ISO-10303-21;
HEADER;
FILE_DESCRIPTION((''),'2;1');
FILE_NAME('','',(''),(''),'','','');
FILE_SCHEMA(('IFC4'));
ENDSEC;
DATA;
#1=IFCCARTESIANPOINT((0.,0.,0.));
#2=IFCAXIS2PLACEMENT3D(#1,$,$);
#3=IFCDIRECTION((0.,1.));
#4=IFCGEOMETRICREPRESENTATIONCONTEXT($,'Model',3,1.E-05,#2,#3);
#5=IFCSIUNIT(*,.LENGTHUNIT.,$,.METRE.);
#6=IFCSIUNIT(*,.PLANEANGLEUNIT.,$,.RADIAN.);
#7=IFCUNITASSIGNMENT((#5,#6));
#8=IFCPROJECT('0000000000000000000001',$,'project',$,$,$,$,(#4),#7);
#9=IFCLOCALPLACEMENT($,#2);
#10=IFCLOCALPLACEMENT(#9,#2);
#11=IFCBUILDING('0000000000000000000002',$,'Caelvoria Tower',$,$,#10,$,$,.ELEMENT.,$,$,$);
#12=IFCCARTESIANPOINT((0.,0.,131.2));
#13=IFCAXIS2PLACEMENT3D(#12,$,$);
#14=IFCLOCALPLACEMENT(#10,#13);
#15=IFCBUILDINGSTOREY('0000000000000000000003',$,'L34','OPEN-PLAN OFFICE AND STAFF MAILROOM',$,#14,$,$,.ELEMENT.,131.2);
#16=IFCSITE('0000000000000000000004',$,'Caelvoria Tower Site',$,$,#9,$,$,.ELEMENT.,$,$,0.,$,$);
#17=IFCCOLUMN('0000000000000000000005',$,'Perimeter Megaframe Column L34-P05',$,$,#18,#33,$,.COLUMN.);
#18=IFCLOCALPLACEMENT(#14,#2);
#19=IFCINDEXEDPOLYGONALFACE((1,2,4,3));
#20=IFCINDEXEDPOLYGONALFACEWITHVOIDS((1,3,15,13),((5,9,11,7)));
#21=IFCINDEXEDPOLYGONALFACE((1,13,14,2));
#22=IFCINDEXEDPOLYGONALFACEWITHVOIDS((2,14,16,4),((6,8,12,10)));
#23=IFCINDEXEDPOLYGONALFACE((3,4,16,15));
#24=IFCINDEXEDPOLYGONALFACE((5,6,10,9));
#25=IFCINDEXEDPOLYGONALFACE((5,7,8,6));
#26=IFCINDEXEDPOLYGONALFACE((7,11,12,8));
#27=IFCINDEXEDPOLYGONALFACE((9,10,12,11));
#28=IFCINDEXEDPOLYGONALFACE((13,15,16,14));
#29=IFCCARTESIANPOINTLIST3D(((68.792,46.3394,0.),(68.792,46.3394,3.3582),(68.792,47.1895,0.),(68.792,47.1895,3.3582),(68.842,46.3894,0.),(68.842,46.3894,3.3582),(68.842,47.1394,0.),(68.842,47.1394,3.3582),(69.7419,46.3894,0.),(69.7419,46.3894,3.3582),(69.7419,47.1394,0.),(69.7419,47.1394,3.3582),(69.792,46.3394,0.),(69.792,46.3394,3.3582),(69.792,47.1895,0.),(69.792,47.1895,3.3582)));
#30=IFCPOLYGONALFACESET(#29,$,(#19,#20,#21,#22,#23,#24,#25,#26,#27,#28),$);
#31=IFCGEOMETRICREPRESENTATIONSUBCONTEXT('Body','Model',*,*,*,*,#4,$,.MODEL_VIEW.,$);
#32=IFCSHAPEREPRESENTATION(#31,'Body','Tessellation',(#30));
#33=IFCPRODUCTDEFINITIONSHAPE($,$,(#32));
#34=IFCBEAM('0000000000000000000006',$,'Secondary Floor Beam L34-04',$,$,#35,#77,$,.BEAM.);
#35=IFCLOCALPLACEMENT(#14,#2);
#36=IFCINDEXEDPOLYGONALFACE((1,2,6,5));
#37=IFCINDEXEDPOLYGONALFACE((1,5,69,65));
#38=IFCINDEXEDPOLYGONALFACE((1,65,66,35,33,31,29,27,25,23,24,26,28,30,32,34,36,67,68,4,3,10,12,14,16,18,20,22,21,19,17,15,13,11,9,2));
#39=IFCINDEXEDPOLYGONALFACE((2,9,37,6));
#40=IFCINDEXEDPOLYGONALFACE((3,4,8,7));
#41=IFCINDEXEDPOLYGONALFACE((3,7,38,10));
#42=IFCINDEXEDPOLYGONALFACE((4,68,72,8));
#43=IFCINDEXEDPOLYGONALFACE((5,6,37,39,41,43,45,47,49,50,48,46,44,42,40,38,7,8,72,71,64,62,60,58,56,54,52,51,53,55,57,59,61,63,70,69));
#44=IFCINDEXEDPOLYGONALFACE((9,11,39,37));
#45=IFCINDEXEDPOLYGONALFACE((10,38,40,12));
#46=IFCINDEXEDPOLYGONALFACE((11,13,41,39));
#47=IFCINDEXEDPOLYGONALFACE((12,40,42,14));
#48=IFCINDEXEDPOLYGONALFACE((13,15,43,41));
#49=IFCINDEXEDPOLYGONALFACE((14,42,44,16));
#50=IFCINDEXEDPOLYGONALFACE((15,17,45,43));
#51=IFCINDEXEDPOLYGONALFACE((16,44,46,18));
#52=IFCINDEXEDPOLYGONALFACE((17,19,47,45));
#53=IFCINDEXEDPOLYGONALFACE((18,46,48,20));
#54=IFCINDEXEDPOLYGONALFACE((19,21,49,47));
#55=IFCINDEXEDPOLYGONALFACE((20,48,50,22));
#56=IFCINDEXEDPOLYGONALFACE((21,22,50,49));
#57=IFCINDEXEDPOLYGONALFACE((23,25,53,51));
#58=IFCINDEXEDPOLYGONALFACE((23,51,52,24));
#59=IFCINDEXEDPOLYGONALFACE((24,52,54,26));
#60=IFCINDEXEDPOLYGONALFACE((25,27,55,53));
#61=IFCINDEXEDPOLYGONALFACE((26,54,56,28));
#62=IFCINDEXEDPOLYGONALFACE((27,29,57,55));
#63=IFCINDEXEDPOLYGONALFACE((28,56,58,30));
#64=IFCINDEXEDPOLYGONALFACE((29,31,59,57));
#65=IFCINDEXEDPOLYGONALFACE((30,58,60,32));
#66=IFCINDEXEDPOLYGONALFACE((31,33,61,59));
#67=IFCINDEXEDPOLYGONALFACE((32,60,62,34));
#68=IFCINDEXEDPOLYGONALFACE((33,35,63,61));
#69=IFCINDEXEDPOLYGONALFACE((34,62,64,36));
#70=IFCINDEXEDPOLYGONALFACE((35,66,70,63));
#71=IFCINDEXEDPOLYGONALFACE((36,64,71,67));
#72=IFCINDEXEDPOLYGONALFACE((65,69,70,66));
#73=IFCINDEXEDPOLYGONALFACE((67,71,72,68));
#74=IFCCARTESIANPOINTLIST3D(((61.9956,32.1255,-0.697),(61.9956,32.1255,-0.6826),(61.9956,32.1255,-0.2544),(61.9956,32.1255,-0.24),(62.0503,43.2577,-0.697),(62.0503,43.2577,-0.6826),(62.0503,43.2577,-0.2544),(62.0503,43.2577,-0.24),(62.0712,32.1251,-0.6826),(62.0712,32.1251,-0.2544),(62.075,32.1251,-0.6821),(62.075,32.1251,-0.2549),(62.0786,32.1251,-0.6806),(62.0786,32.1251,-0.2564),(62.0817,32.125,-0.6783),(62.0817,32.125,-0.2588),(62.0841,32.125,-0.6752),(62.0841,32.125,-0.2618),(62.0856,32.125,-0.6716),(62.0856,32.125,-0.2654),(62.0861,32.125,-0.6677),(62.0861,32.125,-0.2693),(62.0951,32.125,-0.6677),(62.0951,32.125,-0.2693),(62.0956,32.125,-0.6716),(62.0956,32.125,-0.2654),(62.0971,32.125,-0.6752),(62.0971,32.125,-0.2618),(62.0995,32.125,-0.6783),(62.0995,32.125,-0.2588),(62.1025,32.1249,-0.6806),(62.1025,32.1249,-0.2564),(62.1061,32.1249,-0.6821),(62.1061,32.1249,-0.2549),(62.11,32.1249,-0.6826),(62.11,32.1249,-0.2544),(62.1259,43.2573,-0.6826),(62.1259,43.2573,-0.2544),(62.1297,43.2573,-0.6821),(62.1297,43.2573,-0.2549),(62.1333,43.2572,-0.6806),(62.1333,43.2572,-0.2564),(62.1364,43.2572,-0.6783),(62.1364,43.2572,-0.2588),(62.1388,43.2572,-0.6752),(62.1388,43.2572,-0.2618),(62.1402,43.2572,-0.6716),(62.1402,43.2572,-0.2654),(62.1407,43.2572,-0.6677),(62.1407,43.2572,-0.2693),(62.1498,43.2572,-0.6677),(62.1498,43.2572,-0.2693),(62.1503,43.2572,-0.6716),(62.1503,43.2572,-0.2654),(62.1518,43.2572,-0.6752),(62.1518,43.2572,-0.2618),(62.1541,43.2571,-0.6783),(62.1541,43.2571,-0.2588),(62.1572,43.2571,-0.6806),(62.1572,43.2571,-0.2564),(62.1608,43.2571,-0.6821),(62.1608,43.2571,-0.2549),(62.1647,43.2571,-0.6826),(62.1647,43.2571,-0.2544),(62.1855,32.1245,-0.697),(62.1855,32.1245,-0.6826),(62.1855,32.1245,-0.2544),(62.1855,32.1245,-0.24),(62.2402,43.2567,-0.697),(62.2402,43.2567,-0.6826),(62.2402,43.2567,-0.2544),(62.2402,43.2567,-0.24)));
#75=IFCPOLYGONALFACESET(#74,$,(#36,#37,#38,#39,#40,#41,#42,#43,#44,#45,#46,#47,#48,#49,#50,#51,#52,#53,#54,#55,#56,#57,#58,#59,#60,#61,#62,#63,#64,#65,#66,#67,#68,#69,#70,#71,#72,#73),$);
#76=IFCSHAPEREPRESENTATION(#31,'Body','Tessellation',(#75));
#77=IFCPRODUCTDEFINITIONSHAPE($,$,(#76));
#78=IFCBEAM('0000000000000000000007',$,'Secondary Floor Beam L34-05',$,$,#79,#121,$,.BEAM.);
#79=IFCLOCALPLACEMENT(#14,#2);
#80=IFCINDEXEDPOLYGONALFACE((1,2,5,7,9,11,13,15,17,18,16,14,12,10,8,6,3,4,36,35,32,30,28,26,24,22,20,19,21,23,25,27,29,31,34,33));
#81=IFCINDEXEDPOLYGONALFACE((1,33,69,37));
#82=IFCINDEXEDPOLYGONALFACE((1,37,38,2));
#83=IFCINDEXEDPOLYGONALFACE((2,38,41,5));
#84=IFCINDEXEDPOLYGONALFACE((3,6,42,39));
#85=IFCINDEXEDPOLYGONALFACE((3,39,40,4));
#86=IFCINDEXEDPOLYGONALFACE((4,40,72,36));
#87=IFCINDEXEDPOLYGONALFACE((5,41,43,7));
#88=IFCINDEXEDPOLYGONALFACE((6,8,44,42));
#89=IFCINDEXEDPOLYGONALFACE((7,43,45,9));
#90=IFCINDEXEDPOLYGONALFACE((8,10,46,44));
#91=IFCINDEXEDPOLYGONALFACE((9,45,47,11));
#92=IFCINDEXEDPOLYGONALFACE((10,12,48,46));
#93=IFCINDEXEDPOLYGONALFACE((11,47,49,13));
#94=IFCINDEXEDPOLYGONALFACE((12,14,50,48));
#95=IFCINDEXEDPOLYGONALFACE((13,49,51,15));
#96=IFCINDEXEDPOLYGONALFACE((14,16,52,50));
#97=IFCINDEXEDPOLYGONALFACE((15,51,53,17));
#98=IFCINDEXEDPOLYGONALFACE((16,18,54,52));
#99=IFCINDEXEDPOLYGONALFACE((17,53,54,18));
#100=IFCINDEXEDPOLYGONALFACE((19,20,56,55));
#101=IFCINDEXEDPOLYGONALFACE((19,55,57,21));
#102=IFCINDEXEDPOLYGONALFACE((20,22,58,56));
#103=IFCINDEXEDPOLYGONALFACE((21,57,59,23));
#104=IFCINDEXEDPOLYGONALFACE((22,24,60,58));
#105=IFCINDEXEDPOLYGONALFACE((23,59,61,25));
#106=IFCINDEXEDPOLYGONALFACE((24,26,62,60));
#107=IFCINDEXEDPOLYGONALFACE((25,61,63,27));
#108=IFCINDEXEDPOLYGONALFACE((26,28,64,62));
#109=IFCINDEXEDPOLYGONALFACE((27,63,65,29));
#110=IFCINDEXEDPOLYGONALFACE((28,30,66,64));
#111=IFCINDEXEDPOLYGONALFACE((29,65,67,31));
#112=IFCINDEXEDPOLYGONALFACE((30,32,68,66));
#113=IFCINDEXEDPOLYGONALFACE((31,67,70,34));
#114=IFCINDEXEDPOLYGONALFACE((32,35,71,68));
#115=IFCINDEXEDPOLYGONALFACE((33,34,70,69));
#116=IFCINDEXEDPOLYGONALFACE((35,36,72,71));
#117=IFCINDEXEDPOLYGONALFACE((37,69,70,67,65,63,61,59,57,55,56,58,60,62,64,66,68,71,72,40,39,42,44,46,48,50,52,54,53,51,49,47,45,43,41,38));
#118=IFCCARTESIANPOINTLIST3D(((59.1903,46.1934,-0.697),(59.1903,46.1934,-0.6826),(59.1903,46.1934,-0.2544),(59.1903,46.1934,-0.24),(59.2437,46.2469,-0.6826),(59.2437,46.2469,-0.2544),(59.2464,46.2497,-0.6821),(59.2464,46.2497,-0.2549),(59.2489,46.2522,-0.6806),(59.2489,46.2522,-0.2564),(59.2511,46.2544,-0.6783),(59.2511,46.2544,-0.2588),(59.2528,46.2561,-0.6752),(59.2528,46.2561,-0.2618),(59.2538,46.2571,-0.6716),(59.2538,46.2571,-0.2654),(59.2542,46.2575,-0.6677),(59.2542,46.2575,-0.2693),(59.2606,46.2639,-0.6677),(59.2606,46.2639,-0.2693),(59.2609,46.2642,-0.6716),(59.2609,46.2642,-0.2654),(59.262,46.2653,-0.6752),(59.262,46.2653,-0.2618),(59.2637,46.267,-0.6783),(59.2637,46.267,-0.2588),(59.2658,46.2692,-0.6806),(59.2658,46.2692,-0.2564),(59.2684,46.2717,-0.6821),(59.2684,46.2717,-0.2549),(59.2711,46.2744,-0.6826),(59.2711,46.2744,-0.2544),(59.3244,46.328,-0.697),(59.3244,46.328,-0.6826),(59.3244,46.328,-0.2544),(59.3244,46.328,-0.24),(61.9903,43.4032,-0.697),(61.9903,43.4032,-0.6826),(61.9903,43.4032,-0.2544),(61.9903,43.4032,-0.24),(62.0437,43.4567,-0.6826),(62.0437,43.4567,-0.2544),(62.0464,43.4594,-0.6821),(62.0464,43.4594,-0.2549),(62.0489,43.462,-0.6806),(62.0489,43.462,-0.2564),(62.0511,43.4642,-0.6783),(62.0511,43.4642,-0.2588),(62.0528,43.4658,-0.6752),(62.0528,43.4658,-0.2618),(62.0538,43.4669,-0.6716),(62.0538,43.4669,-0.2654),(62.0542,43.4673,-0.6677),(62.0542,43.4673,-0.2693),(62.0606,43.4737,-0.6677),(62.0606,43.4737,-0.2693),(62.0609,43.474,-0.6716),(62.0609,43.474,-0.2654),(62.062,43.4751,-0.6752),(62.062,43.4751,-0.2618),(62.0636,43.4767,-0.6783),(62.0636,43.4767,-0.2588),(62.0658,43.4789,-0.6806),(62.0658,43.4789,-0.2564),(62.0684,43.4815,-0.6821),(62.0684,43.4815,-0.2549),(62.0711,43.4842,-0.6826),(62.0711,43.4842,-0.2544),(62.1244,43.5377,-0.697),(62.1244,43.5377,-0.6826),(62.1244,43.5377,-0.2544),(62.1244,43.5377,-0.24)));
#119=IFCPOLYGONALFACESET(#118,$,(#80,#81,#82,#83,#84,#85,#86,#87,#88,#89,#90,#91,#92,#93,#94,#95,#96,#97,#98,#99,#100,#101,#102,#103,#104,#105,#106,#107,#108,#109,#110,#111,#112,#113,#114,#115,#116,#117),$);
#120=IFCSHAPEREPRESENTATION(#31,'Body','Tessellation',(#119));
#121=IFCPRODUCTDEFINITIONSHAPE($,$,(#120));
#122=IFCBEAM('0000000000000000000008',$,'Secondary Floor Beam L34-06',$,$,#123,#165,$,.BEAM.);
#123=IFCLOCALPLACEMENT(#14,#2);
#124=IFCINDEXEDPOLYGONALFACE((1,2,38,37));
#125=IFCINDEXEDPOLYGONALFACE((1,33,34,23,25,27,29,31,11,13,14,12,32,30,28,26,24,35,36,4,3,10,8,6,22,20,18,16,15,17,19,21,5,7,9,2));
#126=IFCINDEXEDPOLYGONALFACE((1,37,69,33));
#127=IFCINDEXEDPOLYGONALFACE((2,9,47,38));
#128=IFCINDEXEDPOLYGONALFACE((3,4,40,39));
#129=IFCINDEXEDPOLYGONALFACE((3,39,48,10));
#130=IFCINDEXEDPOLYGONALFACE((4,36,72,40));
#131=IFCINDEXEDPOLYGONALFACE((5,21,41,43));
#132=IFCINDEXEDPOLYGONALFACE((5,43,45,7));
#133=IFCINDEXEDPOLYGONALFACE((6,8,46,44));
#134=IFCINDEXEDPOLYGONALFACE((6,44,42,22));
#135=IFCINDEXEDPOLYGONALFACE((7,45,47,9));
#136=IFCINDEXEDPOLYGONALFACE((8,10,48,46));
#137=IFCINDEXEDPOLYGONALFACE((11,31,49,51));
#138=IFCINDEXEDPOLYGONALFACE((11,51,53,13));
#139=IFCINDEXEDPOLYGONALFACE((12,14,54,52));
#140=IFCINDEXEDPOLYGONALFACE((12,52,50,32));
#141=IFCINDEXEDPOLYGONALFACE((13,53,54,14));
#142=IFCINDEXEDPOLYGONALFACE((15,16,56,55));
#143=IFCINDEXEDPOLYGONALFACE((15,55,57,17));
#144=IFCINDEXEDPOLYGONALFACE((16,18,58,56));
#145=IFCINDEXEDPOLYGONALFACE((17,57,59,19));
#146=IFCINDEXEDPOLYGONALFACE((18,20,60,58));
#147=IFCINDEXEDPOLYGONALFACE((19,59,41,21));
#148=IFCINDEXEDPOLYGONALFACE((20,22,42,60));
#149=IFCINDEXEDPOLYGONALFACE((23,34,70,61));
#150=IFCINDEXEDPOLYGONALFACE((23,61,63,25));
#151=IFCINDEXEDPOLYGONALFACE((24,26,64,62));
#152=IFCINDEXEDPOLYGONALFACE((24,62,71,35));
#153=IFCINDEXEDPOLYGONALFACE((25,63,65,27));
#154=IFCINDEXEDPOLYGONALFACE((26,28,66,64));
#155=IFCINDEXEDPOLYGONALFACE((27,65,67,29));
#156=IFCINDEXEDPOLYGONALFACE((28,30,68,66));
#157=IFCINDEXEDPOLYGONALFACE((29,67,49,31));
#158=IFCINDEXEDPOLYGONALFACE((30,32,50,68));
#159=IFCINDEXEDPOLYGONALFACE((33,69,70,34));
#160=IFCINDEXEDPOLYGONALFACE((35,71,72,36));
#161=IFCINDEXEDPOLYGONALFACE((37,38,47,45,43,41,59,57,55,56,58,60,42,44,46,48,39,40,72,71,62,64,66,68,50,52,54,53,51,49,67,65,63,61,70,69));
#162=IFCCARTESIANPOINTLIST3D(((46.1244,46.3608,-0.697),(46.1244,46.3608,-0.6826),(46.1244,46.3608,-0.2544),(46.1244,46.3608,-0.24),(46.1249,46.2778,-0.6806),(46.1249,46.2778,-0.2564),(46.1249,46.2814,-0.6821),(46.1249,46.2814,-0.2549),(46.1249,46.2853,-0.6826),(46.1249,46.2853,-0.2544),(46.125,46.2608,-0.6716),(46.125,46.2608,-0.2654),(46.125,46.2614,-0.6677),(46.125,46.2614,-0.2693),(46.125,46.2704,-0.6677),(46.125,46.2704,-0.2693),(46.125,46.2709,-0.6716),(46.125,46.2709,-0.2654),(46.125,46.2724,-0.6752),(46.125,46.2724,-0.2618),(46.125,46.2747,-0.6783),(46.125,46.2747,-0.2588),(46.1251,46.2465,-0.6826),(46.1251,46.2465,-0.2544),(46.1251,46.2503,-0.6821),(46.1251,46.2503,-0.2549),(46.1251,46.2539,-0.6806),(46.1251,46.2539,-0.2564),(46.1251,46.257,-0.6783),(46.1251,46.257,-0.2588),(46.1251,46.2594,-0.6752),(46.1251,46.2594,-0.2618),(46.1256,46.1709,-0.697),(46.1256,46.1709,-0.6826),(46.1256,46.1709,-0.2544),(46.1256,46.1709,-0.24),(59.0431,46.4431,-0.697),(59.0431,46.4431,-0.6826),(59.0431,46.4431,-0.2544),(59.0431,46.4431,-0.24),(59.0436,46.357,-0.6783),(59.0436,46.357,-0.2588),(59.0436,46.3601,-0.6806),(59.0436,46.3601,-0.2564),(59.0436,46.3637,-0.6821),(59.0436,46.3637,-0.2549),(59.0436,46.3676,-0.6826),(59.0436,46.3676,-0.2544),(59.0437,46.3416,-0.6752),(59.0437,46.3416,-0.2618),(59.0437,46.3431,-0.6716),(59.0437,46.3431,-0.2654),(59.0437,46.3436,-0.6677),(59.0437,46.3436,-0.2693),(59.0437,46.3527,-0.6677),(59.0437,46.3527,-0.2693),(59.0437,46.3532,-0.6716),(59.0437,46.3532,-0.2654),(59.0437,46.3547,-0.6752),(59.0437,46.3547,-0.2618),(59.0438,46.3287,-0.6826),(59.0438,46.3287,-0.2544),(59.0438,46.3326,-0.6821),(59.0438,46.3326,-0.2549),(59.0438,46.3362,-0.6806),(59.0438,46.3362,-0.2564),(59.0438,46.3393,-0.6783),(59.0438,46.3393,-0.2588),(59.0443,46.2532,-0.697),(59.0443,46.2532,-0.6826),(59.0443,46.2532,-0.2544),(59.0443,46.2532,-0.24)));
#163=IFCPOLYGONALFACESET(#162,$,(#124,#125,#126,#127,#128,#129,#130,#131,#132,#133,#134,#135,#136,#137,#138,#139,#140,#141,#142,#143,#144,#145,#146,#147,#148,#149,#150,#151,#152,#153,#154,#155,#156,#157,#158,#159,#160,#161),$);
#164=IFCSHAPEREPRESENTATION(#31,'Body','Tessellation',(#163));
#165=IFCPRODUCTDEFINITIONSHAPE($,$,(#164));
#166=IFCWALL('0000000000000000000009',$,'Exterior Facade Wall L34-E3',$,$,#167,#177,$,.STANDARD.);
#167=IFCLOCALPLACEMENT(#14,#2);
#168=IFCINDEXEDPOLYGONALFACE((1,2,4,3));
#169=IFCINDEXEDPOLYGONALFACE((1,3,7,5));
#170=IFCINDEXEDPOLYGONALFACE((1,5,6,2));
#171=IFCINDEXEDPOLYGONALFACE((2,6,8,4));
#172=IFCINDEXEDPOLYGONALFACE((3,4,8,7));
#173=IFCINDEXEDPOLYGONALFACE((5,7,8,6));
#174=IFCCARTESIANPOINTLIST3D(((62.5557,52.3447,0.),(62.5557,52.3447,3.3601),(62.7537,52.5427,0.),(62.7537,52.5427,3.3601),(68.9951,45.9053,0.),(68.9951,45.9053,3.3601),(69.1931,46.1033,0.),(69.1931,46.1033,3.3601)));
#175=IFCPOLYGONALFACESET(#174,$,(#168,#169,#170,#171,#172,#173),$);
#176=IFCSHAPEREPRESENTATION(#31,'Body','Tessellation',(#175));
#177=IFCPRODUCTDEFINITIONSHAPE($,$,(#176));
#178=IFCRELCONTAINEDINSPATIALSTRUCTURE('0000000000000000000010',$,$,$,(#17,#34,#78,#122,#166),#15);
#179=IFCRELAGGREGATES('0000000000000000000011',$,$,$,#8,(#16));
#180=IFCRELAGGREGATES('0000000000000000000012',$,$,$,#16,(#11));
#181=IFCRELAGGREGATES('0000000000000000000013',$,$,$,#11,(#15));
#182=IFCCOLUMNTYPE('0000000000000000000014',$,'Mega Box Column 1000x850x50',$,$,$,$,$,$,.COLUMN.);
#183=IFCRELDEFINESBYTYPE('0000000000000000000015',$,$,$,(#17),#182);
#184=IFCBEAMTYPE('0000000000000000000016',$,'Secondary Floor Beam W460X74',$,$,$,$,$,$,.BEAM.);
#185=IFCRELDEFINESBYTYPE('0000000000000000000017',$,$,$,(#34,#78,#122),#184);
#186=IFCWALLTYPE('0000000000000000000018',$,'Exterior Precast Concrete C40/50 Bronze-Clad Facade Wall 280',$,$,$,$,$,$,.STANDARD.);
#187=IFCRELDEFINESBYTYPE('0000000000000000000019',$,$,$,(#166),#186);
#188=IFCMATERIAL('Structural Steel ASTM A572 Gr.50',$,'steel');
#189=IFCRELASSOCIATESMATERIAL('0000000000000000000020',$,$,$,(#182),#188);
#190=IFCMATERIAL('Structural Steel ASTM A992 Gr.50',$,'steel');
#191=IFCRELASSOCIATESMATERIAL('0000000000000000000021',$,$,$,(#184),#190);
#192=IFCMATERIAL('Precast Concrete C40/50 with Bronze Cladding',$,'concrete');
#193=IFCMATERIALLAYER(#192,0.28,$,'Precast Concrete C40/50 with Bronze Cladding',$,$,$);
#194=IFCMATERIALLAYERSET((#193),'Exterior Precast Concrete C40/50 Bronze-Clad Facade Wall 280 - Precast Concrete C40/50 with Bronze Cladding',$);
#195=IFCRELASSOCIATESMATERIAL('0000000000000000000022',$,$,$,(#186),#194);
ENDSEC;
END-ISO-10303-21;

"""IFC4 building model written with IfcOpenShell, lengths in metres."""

from ifc_helpers import new_model, si_unit, direction, frame, frame_2d, origin, origin_2d, place, context, subcontext, project, spatial, rectangle, hollow_rectangle, i_section, extrude, material, layer, layer_set, material_profile, profile_set, type_object, element, save


model = new_model("IFC4")

# Units and contexts
model_context = context("Model", 3, precision=1e-05, world=origin(), true_north=direction((0.0, 1.0)))
body_context = subcontext(model_context, "Body", "Model", "MODEL_VIEW")
ifc_project = project(units=[si_unit("LENGTHUNIT", "METRE"), si_unit("PLANEANGLEUNIT", "RADIAN")], contexts=[model_context])

# Site, building, storey
site_placement = place(None, origin())
site = spatial("IfcSite", under=ifc_project, at=site_placement, Name="Caelvoria Tower Site", CompositionType="ELEMENT", RefElevation=0.0)
building_placement = place(site_placement, origin())
building = spatial("IfcBuilding", under=site, at=building_placement, Name="Caelvoria Tower", CompositionType="ELEMENT")
storey_placement = place(building_placement, frame((0.0, 0.0, 131.2)))
storey = spatial("IfcBuildingStorey", under=building, at=storey_placement, Name="L34", Description="OPEN-PLAN OFFICE AND STAFF MAILROOM", CompositionType="ELEMENT", Elevation=131.2)

# Column
ifc_material_1 = material(Name="Structural Steel ASTM A572 Gr.50", Category="steel")
ifc_material_profile_1 = material_profile(ifc_material_1, hollow_rectangle(XDim=0.8501, YDim=1.0, WallThickness=0.05, at=origin_2d()), Name="Structural Steel ASTM A572 Gr.50")
ifc_profile_set_1 = profile_set([ifc_material_profile_1], Name="BOX1000X850X50 - Structural Steel ASTM A572 Gr.50")
column_type = type_object("IfcColumnType", Name="Mega Box Column 1000x850x50", PredefinedType="COLUMN", material=ifc_profile_set_1)
column_placement = place(storey_placement, frame((69.292, 46.7644, 0.0), z_axis=(0.0, 0.0, 1.0), x_axis=(0.0, 1.0, 0.0)))
element("IfcColumn", 1, at=column_placement, inside=storey, type_object=column_type, Name="Perimeter Megaframe Column L34-P05", PredefinedType="COLUMN", context=body_context, shape_type="SweptSolid", body=[
    extrude(hollow_rectangle(XDim=0.8501, YDim=1.0, WallThickness=0.05, at=origin_2d()), origin(), (0.0, 0.0, 1.0), 3.3582),
])

# Beams
ifc_material_2 = material(Name="Structural Steel ASTM A992 Gr.50", Category="steel")
ifc_material_profile_2 = material_profile(ifc_material_2, i_section(OverallWidth=0.1899, OverallDepth=0.457, WebThickness=0.009, FlangeThickness=0.0144, FilletRadius=0.0149, at=origin_2d()), Name="Structural Steel ASTM A992 Gr.50")
ifc_profile_set_2 = profile_set([ifc_material_profile_2], Name="W460X74 - Structural Steel ASTM A992 Gr.50")
beam_type = type_object("IfcBeamType", Name="Secondary Floor Beam W460X74", PredefinedType="BEAM", material=ifc_profile_set_2)
beam_1_placement = place(storey_placement, frame((62.0906, 32.125, -0.4685), z_axis=(0.004913, 0.999988, 0.0), x_axis=(-0.999988, 0.004913, 0.0)))
element("IfcBeam", 2, at=beam_1_placement, inside=storey, type_object=beam_type, Name="Secondary Floor Beam L34-04", PredefinedType="BEAM", context=body_context, shape_type="SweptSolid", body=[
    extrude(i_section(OverallWidth=0.1899, OverallDepth=0.457, WebThickness=0.009, FlangeThickness=0.0144, FilletRadius=0.0149, at=origin_2d()), origin(), (0.0, 0.0, 1.0), 11.1323),
])
beam_2_placement = place(storey_placement, frame((62.0574, 43.4705, -0.4685), z_axis=(-0.708341, 0.70587, 0.0), x_axis=(-0.70587, -0.708341, 0.0)))
element("IfcBeam", 3, at=beam_2_placement, inside=storey, type_object=beam_type, Name="Secondary Floor Beam L34-05", PredefinedType="BEAM", context=body_context, shape_type="SweptSolid", body=[
    extrude(i_section(OverallWidth=0.1899, OverallDepth=0.457, WebThickness=0.009, FlangeThickness=0.0144, FilletRadius=0.0149, at=origin_2d()), origin(), (0.0, 0.0, 1.0), 3.9529),
])
beam_3_placement = place(storey_placement, frame((59.0437, 46.3481, -0.4685), z_axis=(-0.99998, -0.006369, 0.0), x_axis=(0.006369, -0.99998, 0.0)))
element("IfcBeam", 4, at=beam_3_placement, inside=storey, type_object=beam_type, Name="Secondary Floor Beam L34-06", PredefinedType="BEAM", context=body_context, shape_type="SweptSolid", body=[
    extrude(i_section(OverallWidth=0.1899, OverallDepth=0.457, WebThickness=0.009, FlangeThickness=0.0144, FilletRadius=0.0149, at=origin_2d()), origin(), (0.0, 0.0, 1.0), 12.9189),
])

# Wall
ifc_material_3 = material(Name="Precast Concrete C40/50 with Bronze Cladding", Category="concrete")
ifc_layer_1 = layer(ifc_material_3, 0.28, Name="Precast Concrete C40/50 with Bronze Cladding")
ifc_layer_set_1 = layer_set([ifc_layer_1], Name="Exterior Precast Concrete C40/50 Bronze-Clad Facade Wall 280 - Precast Concrete C40/50 with Bronze Cladding")
wall_type_1 = type_object("IfcWallType", Name="Exterior Precast Concrete C40/50 Bronze-Clad Facade Wall 280", PredefinedType="STANDARD", material=ifc_layer_set_1)
wall_1_placement = place(storey_placement, frame((69.094, 46.0044, 0.0), z_axis=(0.0, 0.0, 1.0), x_axis=(-0.707107, 0.707107, 0.0)))
element("IfcWall", 5, at=wall_1_placement, inside=storey, type_object=wall_type_1, Name="Exterior Facade Wall L34-E3", PredefinedType="STANDARD", context=body_context, shape_type="SweptSolid", body=[
    extrude(rectangle(XDim=9.1067, YDim=0.28, at=frame_2d((4.5532, 0.0))), origin(), (0.0, 0.0, 1.0), 3.3601),
])

save(model, "model.ifc")
